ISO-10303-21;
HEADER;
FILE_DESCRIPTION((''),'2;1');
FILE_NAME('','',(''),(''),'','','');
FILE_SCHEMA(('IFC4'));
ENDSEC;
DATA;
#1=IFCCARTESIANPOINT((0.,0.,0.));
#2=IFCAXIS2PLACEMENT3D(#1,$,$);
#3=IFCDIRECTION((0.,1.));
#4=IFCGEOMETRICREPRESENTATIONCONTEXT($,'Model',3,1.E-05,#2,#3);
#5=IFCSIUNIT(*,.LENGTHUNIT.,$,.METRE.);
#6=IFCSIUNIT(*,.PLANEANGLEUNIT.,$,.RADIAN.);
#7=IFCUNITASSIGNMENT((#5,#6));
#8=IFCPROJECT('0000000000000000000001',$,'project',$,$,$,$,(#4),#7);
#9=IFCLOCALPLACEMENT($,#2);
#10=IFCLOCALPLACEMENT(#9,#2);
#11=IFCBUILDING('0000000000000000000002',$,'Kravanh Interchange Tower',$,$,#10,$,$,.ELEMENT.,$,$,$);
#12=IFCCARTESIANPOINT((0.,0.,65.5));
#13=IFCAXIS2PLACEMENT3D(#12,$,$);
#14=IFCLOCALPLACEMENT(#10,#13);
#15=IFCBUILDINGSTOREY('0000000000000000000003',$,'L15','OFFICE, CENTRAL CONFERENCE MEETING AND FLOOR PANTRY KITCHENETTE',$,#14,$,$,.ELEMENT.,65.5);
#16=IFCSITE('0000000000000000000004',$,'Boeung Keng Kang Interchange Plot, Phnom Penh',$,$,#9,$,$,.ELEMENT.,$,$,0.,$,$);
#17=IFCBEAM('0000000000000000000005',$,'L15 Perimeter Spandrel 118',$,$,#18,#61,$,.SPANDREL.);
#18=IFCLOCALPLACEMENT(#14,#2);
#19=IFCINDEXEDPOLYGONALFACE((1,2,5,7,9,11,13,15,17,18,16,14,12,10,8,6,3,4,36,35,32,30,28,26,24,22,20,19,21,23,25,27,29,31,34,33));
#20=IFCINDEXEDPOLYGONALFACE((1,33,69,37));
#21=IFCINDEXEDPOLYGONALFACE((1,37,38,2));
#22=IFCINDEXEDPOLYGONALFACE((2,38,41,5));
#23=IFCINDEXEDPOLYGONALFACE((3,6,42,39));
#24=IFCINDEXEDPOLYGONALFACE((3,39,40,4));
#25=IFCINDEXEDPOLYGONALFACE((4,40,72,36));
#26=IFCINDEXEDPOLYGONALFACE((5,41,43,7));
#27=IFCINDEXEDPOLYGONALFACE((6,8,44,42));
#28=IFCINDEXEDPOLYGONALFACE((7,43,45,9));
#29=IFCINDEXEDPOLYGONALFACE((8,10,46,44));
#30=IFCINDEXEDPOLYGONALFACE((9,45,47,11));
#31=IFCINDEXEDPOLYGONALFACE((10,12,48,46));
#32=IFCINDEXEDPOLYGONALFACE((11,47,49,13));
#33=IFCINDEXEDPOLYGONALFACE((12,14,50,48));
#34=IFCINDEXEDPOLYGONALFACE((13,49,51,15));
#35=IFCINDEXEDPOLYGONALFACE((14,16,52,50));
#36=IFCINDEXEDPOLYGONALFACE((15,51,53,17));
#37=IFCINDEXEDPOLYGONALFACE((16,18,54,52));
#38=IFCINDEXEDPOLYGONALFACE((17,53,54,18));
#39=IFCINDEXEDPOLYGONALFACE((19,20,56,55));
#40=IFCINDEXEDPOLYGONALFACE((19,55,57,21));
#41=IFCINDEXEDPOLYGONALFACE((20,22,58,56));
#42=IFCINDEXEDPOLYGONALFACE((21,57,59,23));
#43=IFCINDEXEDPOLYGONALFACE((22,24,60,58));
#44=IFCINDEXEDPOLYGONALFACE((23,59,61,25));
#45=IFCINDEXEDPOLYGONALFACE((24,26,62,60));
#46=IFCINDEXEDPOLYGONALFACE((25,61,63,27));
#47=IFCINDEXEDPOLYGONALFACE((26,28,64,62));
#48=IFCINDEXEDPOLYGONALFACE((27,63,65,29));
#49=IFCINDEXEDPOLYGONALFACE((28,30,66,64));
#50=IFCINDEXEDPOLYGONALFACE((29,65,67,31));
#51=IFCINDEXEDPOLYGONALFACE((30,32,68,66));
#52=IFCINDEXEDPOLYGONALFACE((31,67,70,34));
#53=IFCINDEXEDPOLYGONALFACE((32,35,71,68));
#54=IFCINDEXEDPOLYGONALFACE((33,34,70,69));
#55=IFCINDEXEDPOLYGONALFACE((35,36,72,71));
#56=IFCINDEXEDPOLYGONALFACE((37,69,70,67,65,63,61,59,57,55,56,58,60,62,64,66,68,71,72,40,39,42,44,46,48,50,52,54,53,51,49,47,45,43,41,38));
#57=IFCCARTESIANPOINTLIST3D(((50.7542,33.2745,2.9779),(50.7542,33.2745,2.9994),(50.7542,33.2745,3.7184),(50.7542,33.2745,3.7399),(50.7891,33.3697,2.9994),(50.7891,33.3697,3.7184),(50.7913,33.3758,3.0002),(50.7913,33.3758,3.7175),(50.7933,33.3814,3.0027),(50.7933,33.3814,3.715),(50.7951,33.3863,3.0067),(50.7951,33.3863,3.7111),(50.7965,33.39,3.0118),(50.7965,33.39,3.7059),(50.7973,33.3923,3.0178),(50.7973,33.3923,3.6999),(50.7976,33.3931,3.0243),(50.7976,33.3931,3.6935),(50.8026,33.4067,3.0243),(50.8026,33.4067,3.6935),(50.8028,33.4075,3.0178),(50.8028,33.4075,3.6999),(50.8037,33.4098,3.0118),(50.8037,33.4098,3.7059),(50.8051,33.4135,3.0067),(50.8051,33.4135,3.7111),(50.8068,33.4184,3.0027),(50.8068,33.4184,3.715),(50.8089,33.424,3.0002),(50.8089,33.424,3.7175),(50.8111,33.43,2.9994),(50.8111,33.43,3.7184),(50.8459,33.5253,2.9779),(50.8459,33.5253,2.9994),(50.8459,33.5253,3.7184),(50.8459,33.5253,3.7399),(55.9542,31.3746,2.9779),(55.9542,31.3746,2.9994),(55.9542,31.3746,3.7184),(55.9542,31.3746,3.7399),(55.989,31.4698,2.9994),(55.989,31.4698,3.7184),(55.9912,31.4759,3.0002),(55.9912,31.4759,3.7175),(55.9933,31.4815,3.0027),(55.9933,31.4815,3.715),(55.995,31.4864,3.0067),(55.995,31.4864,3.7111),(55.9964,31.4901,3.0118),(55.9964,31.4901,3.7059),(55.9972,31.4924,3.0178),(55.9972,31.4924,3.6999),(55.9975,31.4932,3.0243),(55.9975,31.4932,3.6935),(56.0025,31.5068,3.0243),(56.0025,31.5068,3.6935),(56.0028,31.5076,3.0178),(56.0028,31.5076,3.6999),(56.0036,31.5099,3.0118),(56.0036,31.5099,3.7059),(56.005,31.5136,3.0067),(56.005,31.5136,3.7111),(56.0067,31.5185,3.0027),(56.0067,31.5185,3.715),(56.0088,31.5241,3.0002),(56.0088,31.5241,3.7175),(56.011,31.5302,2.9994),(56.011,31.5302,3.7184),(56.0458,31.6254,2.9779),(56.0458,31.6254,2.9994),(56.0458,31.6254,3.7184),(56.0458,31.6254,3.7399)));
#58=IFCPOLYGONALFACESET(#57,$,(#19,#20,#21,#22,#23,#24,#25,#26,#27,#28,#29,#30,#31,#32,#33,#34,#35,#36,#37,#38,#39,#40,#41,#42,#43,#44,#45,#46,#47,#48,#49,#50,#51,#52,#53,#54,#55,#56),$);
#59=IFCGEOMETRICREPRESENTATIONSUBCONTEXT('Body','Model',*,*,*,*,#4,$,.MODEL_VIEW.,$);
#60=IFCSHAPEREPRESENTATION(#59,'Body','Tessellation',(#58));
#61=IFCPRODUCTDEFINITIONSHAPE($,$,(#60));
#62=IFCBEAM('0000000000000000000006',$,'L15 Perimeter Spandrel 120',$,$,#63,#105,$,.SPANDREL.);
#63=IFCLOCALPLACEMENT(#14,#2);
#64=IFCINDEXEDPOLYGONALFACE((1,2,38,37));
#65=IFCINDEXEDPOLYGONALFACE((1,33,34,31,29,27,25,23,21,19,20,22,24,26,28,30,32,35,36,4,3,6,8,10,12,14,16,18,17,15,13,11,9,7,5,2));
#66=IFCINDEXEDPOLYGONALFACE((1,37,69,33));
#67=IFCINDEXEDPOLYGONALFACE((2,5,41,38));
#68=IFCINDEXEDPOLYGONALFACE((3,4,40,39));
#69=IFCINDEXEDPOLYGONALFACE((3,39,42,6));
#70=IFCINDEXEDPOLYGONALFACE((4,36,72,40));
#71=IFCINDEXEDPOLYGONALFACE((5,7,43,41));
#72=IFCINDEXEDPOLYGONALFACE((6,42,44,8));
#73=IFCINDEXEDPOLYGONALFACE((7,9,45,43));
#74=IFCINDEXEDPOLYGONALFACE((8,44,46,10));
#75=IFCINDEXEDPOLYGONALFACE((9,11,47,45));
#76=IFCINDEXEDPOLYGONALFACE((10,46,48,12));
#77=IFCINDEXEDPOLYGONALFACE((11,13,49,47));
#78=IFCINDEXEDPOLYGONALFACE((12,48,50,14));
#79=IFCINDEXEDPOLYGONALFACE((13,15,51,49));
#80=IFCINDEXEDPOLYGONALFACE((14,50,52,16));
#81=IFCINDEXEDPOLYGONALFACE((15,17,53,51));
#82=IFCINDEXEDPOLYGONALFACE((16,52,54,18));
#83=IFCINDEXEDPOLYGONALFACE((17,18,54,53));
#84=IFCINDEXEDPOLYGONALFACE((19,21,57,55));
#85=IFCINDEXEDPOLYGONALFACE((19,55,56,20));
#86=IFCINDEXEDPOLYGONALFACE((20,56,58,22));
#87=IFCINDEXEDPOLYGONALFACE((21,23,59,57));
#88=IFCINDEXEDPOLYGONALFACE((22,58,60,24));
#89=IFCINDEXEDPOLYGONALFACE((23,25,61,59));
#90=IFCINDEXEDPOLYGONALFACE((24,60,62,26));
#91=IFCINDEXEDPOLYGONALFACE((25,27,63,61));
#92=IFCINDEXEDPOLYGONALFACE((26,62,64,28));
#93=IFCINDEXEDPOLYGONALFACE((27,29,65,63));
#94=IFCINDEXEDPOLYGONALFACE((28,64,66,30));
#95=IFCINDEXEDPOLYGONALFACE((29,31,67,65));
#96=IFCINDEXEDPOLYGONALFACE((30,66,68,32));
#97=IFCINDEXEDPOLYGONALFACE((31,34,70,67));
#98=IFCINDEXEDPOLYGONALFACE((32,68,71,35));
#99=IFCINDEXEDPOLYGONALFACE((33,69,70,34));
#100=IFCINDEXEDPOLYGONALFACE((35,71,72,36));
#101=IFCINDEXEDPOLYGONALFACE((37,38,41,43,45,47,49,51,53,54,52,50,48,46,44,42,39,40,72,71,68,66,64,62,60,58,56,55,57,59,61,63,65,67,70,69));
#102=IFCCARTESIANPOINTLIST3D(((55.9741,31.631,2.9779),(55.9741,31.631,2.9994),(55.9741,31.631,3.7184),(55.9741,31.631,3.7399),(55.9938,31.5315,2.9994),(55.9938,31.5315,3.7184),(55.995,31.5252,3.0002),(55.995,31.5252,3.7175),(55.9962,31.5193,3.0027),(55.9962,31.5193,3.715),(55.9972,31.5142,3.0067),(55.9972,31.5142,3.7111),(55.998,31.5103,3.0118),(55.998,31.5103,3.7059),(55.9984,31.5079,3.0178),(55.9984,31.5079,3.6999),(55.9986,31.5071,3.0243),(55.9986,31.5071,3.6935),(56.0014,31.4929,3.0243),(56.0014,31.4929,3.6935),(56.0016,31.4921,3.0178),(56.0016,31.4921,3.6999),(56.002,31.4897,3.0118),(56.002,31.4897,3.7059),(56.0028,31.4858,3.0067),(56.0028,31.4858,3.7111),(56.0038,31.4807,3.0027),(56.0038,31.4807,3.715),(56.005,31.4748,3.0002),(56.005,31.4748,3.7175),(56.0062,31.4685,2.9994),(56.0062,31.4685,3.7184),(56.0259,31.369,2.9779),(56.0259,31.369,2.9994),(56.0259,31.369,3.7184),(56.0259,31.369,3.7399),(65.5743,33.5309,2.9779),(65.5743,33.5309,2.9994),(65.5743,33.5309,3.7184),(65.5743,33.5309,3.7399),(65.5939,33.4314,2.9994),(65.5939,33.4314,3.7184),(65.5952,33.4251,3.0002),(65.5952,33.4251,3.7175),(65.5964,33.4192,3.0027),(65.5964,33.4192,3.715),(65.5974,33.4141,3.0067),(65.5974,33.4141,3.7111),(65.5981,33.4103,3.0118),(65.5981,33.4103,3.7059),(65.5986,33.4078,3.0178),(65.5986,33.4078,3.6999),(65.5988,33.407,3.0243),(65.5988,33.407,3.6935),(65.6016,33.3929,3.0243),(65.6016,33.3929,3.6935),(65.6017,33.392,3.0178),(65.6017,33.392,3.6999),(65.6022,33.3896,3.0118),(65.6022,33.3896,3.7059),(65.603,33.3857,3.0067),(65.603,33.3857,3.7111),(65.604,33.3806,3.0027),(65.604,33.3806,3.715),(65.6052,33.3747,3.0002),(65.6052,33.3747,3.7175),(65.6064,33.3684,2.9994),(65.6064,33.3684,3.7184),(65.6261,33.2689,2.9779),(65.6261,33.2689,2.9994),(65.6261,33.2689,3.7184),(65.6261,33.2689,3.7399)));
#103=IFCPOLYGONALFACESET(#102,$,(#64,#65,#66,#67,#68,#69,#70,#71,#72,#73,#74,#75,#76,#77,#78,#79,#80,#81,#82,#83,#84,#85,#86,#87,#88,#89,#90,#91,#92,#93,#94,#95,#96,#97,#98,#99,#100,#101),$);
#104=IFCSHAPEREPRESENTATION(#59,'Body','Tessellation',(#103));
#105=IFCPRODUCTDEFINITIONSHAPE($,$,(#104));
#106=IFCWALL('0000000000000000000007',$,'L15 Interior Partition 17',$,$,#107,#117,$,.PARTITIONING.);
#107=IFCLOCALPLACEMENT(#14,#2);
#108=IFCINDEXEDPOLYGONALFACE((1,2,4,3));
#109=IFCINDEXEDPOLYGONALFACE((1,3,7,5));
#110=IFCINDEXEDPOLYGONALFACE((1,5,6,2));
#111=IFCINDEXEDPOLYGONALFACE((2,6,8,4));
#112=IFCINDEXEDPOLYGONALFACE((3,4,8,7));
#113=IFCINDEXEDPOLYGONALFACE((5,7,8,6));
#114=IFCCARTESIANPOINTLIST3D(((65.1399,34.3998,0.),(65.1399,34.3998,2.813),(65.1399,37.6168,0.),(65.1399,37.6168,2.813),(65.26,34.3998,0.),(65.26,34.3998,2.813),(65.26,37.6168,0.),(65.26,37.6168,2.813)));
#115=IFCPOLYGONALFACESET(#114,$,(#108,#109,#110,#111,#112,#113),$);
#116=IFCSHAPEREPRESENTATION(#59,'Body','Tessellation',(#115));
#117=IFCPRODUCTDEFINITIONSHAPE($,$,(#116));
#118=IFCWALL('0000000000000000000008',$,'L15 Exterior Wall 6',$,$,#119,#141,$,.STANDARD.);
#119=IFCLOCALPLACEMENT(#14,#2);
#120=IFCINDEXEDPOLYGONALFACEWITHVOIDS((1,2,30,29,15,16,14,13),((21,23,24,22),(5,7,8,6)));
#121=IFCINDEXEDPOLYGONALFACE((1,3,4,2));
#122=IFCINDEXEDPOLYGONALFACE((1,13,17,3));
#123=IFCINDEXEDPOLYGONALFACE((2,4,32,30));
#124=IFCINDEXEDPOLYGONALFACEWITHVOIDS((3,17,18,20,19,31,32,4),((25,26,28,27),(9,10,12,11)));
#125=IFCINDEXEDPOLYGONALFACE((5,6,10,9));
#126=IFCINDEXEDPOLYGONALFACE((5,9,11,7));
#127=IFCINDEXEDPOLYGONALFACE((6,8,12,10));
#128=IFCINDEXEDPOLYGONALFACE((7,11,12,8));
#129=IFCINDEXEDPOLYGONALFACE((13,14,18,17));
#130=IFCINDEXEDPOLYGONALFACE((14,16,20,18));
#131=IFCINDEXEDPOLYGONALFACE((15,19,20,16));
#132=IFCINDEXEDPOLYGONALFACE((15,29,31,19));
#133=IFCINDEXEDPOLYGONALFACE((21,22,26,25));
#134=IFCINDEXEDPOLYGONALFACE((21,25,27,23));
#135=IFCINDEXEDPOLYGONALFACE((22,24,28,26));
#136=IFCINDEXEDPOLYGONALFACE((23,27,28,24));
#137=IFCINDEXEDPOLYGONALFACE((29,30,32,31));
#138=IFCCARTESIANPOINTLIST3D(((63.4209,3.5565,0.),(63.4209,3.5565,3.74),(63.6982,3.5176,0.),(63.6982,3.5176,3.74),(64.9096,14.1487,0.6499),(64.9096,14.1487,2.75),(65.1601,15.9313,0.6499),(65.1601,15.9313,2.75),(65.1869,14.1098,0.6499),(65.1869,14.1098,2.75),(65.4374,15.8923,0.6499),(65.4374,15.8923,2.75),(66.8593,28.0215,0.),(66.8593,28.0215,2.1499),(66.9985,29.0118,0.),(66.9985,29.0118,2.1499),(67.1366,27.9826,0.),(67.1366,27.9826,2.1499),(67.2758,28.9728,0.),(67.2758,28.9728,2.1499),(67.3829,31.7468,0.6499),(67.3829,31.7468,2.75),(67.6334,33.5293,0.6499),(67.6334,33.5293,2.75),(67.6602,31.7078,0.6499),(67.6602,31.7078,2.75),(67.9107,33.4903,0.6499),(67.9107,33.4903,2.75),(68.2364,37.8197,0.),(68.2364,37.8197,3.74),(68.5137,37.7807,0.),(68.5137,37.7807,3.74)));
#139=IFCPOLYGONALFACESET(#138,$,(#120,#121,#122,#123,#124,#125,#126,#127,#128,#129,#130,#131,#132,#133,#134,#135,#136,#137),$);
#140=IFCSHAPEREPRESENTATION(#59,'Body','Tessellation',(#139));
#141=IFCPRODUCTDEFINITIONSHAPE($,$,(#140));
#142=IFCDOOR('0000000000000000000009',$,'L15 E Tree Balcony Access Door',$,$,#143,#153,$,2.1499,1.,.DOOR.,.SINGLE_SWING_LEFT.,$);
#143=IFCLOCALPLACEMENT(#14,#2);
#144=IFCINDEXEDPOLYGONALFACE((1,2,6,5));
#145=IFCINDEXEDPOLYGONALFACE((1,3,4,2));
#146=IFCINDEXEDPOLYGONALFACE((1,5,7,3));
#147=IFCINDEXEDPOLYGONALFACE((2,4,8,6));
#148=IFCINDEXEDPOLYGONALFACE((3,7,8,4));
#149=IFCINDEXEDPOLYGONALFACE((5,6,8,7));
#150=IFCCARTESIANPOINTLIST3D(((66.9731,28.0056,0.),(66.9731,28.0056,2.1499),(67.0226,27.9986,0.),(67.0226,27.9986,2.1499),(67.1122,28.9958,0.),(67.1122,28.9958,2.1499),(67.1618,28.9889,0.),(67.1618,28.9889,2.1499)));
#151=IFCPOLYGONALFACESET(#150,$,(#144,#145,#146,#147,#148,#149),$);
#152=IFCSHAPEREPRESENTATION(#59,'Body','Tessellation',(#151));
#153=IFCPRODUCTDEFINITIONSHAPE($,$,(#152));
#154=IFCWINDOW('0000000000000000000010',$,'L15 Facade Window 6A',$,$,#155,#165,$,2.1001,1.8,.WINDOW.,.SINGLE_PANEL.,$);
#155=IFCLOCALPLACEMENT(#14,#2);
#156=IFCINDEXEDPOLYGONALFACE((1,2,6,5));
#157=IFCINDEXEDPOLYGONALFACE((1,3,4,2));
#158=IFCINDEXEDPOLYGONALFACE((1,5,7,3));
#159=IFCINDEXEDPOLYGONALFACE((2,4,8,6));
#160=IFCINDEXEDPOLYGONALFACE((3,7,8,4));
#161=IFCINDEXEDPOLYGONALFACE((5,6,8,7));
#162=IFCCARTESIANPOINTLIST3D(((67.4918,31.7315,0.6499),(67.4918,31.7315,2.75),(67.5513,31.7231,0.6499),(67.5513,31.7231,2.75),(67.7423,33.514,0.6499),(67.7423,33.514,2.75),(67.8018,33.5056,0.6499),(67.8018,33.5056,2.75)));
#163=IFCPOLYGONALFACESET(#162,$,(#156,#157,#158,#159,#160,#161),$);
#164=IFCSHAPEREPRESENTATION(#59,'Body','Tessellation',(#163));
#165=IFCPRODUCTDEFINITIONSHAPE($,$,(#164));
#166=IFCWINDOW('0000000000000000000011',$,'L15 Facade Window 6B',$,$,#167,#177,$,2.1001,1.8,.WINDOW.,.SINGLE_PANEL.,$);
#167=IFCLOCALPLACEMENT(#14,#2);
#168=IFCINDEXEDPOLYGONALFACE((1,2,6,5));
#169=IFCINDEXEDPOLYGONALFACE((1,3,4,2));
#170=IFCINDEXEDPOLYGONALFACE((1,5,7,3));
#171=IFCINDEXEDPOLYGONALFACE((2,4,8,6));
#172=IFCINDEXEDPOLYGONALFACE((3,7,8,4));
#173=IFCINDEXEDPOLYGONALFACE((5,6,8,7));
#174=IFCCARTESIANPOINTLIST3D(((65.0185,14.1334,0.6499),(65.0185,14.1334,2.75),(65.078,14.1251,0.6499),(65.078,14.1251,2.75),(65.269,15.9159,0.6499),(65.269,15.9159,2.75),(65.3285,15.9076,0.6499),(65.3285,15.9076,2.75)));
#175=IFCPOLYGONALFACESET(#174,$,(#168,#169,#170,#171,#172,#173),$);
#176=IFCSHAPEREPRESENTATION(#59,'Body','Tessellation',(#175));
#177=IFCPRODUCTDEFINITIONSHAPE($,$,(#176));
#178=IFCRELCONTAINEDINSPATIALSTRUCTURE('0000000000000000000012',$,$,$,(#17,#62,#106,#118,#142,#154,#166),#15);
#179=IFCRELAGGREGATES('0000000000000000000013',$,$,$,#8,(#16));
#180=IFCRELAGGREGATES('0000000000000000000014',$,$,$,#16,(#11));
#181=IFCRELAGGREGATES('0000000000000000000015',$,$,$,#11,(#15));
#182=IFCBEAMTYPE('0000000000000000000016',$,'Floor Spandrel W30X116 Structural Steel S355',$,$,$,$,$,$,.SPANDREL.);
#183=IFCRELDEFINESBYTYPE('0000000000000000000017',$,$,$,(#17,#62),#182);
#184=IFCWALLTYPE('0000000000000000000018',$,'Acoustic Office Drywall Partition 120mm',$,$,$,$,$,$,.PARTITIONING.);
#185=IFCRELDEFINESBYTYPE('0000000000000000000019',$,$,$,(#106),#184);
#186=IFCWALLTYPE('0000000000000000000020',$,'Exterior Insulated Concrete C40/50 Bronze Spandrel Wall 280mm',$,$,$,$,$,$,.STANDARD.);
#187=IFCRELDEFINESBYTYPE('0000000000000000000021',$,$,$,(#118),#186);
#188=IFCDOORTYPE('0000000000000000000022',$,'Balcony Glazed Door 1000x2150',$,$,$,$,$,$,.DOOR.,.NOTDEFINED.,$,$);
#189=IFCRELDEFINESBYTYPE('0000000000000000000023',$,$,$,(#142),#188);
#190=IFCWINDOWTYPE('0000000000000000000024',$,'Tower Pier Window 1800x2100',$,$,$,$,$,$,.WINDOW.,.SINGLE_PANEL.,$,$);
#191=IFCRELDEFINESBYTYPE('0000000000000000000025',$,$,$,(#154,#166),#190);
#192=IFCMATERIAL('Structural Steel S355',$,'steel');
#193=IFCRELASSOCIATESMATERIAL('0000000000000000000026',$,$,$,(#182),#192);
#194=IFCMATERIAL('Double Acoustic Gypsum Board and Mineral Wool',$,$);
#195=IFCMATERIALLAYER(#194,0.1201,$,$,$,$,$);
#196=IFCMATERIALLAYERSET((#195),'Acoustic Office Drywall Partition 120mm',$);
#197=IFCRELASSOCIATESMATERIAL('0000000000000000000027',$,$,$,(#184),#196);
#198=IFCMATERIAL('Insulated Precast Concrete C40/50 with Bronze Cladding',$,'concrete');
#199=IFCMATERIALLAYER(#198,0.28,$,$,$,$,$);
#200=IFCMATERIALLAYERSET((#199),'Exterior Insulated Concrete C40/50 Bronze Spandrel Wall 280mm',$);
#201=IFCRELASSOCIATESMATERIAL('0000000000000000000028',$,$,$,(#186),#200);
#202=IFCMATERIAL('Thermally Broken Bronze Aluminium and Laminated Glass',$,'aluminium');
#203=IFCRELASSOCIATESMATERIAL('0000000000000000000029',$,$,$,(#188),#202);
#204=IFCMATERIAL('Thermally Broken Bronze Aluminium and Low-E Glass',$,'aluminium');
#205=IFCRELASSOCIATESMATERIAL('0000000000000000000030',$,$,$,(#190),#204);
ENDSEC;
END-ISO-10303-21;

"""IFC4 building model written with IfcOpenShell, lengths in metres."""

from ifc_helpers import new_model, si_unit, direction, frame, frame_2d, origin, origin_2d, place, context, subcontext, project, spatial, rectangle, i_section, extrude, material, layer, layer_set, material_profile, profile_set, type_object, element, fill, save


model = new_model("IFC4")

# Units and contexts
model_context = context("Model", 3, precision=1e-05, world=origin(), true_north=direction((0.0, 1.0)))
body_context = subcontext(model_context, "Body", "Model", "MODEL_VIEW")
ifc_project = project(units=[si_unit("LENGTHUNIT", "METRE"), si_unit("PLANEANGLEUNIT", "RADIAN")], contexts=[model_context])

# Site, building, storey
site_placement = place(None, origin())
site = spatial("IfcSite", under=ifc_project, at=site_placement, Name="Boeung Keng Kang Interchange Plot, Phnom Penh", CompositionType="ELEMENT", RefElevation=0.0)
building_placement = place(site_placement, origin())
building = spatial("IfcBuilding", under=site, at=building_placement, Name="Kravanh Interchange Tower", CompositionType="ELEMENT")
storey_placement = place(building_placement, frame((0.0, 0.0, 65.5)))
storey = spatial("IfcBuildingStorey", under=building, at=storey_placement, Name="L15", Description="OFFICE, CENTRAL CONFERENCE MEETING AND FLOOR PANTRY KITCHENETTE", CompositionType="ELEMENT", Elevation=65.5)

# Beams
ifc_material_1 = material(Name="Structural Steel S355", Category="steel")
ifc_material_profile_1 = material_profile(ifc_material_1, i_section(OverallWidth=0.2671, OverallDepth=0.762, WebThickness=0.0144, FlangeThickness=0.0215, FilletRadius=0.0249, at=origin_2d()), Name="W30X116")
ifc_profile_set_1 = profile_set([ifc_material_profile_1], Name="Structural Steel S355")
beam_type_1 = type_object("IfcBeamType", Name="Floor Spandrel W30X116 Structural Steel S355", PredefinedType="SPANDREL", material=ifc_profile_set_1)
beam_1_placement = place(storey_placement, frame((56.0, 31.5, 3.3589), z_axis=(-0.93927, 0.34318, 0.0), x_axis=(-0.34318, -0.93927, 0.0)))
element("IfcBeam", 1, at=beam_1_placement, inside=storey, type_object=beam_type_1, Name="L15 Perimeter Spandrel 118", PredefinedType="SPANDREL", context=body_context, shape_type="SweptSolid", body=[
    extrude(i_section(OverallWidth=0.2671, OverallDepth=0.762, WebThickness=0.0144, FlangeThickness=0.0215, FilletRadius=0.0249, at=origin_2d()), origin(), (0.0, 0.0, 1.0), 5.5361),
])
beam_2_placement = place(storey_placement, frame((56.0, 31.5, 3.3589), z_axis=(0.980974, 0.194139, 0.0), x_axis=(-0.194139, 0.980974, 0.0)))
element("IfcBeam", 2, at=beam_2_placement, inside=storey, type_object=beam_type_1, Name="L15 Perimeter Spandrel 120", PredefinedType="SPANDREL", context=body_context, shape_type="SweptSolid", body=[
    extrude(i_section(OverallWidth=0.2671, OverallDepth=0.762, WebThickness=0.0144, FlangeThickness=0.0215, FilletRadius=0.0249, at=origin_2d()), origin(), (0.0, 0.0, 1.0), 9.7864),
])

# Wall
ifc_material_2 = material(Name="Double Acoustic Gypsum Board and Mineral Wool")
ifc_layer_1 = layer(ifc_material_2, 0.1201)
ifc_layer_set_1 = layer_set([ifc_layer_1], Name="Acoustic Office Drywall Partition 120mm")
wall_type_1 = type_object("IfcWallType", Name="Acoustic Office Drywall Partition 120mm", PredefinedType="PARTITIONING", material=ifc_layer_set_1)
wall_1_placement = place(storey_placement, frame((65.2, 34.3999, 0.0), z_axis=(0.0, 0.0, 1.0), x_axis=(0.0, 1.0, 0.0)))
element("IfcWall", 3, at=wall_1_placement, inside=storey, type_object=wall_type_1, Name="L15 Interior Partition 17", PredefinedType="PARTITIONING", context=body_context, shape_type="SweptSolid", body=[
    extrude(rectangle(XDim=3.217, YDim=0.1201, at=frame_2d((1.6084, 0.0))), origin(), (0.0, 0.0, 1.0), 2.813),
])

# Wall, openings, door, windows
ifc_material_3 = material(Name="Insulated Precast Concrete C40/50 with Bronze Cladding", Category="concrete")
ifc_layer_2 = layer(ifc_material_3, 0.28)
ifc_layer_set_2 = layer_set([ifc_layer_2], Name="Exterior Insulated Concrete C40/50 Bronze Spandrel Wall 280mm")
wall_type_2 = type_object("IfcWallType", Name="Exterior Insulated Concrete C40/50 Bronze Spandrel Wall 280mm", PredefinedType="STANDARD", material=ifc_layer_set_2)
wall_2_placement = place(storey_placement, frame((68.375, 37.8, 0.0), z_axis=(0.0, 0.0, 1.0), x_axis=(-0.139175, -0.990268, 0.0)))
wall_2 = element("IfcWall", 4, at=wall_2_placement, inside=storey, type_object=wall_type_2, Name="L15 Exterior Wall 6", PredefinedType="STANDARD", context=body_context, shape_type="SweptSolid", body=[
    extrude(rectangle(XDim=34.5999, YDim=0.28, at=frame_2d((17.2998, 0.0))), origin(), (0.0, 0.0, 1.0), 3.74),
])
opening_1_placement = place(wall_2_placement, frame((8.8943, 0.0, 0.0)))
opening_1 = element("IfcOpeningElement", 5, at=opening_1_placement, cuts=wall_2, PredefinedType="OPENING", context=body_context, shape_type="SweptSolid", body=[
    extrude(rectangle(XDim=1.0, YDim=2.1499, at=frame_2d((0.5, 1.075))), frame((0.0, 0.1499, 0.0), z_axis=(0.0, -1.0, 0.0), x_axis=(1.0, 0.0, 0.0)), (0.0, 0.0, 1.0), 0.3),
])
opening_2_placement = place(wall_2_placement, frame((4.3325, 0.0, 0.6499)))
opening_2 = element("IfcOpeningElement", 6, at=opening_2_placement, cuts=wall_2, PredefinedType="OPENING", context=body_context, shape_type="SweptSolid", body=[
    extrude(rectangle(XDim=1.8, YDim=2.1001, at=frame_2d((0.8999, 1.05))), frame((0.0, 0.1499, 0.0), z_axis=(0.0, -1.0, 0.0), x_axis=(1.0, 0.0, 0.0)), (0.0, 0.0, 1.0), 0.3),
])
opening_3_placement = place(wall_2_placement, frame((22.1035, 0.0, 0.6499)))
opening_3 = element("IfcOpeningElement", 7, at=opening_3_placement, cuts=wall_2, PredefinedType="OPENING", context=body_context, shape_type="SweptSolid", body=[
    extrude(rectangle(XDim=1.8, YDim=2.1001, at=frame_2d((0.8999, 1.05))), frame((0.0, 0.1499, 0.0), z_axis=(0.0, -1.0, 0.0), x_axis=(1.0, 0.0, 0.0)), (0.0, 0.0, 1.0), 0.3),
])
ifc_material_4 = material(Name="Thermally Broken Bronze Aluminium and Laminated Glass", Category="aluminium")
door_type = type_object("IfcDoorType", Name="Balcony Glazed Door 1000x2150", OperationType="NOTDEFINED", PredefinedType="DOOR", material=ifc_material_4)
door_placement = place(opening_1_placement, origin())
door = element("IfcDoor", 8, at=door_placement, inside=storey, type_object=door_type, Name="L15 E Tree Balcony Access Door", OperationType="SINGLE_SWING_LEFT", OverallHeight=2.1499, OverallWidth=1.0, PredefinedType="DOOR", context=body_context, shape_type="SweptSolid", body=[
    extrude(rectangle(XDim=1.0, YDim=2.1499, at=frame_2d((0.5, 1.075))), frame((0.0, 0.0249, 0.0), z_axis=(0.0, -1.0, 0.0), x_axis=(1.0, 0.0, 0.0)), (0.0, 0.0, 1.0), 0.05),
])
fill(opening_1, door)
ifc_material_5 = material(Name="Thermally Broken Bronze Aluminium and Low-E Glass", Category="aluminium")
window_type = type_object("IfcWindowType", Name="Tower Pier Window 1800x2100", PartitioningType="SINGLE_PANEL", PredefinedType="WINDOW", material=ifc_material_5)
window_1_placement = place(opening_2_placement, origin())
window_1 = element("IfcWindow", 9, at=window_1_placement, inside=storey, type_object=window_type, Name="L15 Facade Window 6A", OverallHeight=2.1001, OverallWidth=1.8, PartitioningType="SINGLE_PANEL", PredefinedType="WINDOW", context=body_context, shape_type="SweptSolid", body=[
    extrude(rectangle(XDim=1.8, YDim=2.1001, at=frame_2d((0.8999, 1.05))), frame((0.0, 0.03, 0.0), z_axis=(0.0, -1.0, 0.0), x_axis=(1.0, 0.0, 0.0)), (0.0, 0.0, 1.0), 0.0601),
])
fill(opening_2, window_1)
window_2_placement = place(opening_3_placement, origin())
window_2 = element("IfcWindow", 10, at=window_2_placement, inside=storey, type_object=window_type, Name="L15 Facade Window 6B", OverallHeight=2.1001, OverallWidth=1.8, PartitioningType="SINGLE_PANEL", PredefinedType="WINDOW", context=body_context, shape_type="SweptSolid", body=[
    extrude(rectangle(XDim=1.8, YDim=2.1001, at=frame_2d((0.8999, 1.05))), frame((0.0, 0.03, 0.0), z_axis=(0.0, -1.0, 0.0), x_axis=(1.0, 0.0, 0.0)), (0.0, 0.0, 1.0), 0.0601),
])
fill(opening_3, window_2)

save(model, "model.ifc")
